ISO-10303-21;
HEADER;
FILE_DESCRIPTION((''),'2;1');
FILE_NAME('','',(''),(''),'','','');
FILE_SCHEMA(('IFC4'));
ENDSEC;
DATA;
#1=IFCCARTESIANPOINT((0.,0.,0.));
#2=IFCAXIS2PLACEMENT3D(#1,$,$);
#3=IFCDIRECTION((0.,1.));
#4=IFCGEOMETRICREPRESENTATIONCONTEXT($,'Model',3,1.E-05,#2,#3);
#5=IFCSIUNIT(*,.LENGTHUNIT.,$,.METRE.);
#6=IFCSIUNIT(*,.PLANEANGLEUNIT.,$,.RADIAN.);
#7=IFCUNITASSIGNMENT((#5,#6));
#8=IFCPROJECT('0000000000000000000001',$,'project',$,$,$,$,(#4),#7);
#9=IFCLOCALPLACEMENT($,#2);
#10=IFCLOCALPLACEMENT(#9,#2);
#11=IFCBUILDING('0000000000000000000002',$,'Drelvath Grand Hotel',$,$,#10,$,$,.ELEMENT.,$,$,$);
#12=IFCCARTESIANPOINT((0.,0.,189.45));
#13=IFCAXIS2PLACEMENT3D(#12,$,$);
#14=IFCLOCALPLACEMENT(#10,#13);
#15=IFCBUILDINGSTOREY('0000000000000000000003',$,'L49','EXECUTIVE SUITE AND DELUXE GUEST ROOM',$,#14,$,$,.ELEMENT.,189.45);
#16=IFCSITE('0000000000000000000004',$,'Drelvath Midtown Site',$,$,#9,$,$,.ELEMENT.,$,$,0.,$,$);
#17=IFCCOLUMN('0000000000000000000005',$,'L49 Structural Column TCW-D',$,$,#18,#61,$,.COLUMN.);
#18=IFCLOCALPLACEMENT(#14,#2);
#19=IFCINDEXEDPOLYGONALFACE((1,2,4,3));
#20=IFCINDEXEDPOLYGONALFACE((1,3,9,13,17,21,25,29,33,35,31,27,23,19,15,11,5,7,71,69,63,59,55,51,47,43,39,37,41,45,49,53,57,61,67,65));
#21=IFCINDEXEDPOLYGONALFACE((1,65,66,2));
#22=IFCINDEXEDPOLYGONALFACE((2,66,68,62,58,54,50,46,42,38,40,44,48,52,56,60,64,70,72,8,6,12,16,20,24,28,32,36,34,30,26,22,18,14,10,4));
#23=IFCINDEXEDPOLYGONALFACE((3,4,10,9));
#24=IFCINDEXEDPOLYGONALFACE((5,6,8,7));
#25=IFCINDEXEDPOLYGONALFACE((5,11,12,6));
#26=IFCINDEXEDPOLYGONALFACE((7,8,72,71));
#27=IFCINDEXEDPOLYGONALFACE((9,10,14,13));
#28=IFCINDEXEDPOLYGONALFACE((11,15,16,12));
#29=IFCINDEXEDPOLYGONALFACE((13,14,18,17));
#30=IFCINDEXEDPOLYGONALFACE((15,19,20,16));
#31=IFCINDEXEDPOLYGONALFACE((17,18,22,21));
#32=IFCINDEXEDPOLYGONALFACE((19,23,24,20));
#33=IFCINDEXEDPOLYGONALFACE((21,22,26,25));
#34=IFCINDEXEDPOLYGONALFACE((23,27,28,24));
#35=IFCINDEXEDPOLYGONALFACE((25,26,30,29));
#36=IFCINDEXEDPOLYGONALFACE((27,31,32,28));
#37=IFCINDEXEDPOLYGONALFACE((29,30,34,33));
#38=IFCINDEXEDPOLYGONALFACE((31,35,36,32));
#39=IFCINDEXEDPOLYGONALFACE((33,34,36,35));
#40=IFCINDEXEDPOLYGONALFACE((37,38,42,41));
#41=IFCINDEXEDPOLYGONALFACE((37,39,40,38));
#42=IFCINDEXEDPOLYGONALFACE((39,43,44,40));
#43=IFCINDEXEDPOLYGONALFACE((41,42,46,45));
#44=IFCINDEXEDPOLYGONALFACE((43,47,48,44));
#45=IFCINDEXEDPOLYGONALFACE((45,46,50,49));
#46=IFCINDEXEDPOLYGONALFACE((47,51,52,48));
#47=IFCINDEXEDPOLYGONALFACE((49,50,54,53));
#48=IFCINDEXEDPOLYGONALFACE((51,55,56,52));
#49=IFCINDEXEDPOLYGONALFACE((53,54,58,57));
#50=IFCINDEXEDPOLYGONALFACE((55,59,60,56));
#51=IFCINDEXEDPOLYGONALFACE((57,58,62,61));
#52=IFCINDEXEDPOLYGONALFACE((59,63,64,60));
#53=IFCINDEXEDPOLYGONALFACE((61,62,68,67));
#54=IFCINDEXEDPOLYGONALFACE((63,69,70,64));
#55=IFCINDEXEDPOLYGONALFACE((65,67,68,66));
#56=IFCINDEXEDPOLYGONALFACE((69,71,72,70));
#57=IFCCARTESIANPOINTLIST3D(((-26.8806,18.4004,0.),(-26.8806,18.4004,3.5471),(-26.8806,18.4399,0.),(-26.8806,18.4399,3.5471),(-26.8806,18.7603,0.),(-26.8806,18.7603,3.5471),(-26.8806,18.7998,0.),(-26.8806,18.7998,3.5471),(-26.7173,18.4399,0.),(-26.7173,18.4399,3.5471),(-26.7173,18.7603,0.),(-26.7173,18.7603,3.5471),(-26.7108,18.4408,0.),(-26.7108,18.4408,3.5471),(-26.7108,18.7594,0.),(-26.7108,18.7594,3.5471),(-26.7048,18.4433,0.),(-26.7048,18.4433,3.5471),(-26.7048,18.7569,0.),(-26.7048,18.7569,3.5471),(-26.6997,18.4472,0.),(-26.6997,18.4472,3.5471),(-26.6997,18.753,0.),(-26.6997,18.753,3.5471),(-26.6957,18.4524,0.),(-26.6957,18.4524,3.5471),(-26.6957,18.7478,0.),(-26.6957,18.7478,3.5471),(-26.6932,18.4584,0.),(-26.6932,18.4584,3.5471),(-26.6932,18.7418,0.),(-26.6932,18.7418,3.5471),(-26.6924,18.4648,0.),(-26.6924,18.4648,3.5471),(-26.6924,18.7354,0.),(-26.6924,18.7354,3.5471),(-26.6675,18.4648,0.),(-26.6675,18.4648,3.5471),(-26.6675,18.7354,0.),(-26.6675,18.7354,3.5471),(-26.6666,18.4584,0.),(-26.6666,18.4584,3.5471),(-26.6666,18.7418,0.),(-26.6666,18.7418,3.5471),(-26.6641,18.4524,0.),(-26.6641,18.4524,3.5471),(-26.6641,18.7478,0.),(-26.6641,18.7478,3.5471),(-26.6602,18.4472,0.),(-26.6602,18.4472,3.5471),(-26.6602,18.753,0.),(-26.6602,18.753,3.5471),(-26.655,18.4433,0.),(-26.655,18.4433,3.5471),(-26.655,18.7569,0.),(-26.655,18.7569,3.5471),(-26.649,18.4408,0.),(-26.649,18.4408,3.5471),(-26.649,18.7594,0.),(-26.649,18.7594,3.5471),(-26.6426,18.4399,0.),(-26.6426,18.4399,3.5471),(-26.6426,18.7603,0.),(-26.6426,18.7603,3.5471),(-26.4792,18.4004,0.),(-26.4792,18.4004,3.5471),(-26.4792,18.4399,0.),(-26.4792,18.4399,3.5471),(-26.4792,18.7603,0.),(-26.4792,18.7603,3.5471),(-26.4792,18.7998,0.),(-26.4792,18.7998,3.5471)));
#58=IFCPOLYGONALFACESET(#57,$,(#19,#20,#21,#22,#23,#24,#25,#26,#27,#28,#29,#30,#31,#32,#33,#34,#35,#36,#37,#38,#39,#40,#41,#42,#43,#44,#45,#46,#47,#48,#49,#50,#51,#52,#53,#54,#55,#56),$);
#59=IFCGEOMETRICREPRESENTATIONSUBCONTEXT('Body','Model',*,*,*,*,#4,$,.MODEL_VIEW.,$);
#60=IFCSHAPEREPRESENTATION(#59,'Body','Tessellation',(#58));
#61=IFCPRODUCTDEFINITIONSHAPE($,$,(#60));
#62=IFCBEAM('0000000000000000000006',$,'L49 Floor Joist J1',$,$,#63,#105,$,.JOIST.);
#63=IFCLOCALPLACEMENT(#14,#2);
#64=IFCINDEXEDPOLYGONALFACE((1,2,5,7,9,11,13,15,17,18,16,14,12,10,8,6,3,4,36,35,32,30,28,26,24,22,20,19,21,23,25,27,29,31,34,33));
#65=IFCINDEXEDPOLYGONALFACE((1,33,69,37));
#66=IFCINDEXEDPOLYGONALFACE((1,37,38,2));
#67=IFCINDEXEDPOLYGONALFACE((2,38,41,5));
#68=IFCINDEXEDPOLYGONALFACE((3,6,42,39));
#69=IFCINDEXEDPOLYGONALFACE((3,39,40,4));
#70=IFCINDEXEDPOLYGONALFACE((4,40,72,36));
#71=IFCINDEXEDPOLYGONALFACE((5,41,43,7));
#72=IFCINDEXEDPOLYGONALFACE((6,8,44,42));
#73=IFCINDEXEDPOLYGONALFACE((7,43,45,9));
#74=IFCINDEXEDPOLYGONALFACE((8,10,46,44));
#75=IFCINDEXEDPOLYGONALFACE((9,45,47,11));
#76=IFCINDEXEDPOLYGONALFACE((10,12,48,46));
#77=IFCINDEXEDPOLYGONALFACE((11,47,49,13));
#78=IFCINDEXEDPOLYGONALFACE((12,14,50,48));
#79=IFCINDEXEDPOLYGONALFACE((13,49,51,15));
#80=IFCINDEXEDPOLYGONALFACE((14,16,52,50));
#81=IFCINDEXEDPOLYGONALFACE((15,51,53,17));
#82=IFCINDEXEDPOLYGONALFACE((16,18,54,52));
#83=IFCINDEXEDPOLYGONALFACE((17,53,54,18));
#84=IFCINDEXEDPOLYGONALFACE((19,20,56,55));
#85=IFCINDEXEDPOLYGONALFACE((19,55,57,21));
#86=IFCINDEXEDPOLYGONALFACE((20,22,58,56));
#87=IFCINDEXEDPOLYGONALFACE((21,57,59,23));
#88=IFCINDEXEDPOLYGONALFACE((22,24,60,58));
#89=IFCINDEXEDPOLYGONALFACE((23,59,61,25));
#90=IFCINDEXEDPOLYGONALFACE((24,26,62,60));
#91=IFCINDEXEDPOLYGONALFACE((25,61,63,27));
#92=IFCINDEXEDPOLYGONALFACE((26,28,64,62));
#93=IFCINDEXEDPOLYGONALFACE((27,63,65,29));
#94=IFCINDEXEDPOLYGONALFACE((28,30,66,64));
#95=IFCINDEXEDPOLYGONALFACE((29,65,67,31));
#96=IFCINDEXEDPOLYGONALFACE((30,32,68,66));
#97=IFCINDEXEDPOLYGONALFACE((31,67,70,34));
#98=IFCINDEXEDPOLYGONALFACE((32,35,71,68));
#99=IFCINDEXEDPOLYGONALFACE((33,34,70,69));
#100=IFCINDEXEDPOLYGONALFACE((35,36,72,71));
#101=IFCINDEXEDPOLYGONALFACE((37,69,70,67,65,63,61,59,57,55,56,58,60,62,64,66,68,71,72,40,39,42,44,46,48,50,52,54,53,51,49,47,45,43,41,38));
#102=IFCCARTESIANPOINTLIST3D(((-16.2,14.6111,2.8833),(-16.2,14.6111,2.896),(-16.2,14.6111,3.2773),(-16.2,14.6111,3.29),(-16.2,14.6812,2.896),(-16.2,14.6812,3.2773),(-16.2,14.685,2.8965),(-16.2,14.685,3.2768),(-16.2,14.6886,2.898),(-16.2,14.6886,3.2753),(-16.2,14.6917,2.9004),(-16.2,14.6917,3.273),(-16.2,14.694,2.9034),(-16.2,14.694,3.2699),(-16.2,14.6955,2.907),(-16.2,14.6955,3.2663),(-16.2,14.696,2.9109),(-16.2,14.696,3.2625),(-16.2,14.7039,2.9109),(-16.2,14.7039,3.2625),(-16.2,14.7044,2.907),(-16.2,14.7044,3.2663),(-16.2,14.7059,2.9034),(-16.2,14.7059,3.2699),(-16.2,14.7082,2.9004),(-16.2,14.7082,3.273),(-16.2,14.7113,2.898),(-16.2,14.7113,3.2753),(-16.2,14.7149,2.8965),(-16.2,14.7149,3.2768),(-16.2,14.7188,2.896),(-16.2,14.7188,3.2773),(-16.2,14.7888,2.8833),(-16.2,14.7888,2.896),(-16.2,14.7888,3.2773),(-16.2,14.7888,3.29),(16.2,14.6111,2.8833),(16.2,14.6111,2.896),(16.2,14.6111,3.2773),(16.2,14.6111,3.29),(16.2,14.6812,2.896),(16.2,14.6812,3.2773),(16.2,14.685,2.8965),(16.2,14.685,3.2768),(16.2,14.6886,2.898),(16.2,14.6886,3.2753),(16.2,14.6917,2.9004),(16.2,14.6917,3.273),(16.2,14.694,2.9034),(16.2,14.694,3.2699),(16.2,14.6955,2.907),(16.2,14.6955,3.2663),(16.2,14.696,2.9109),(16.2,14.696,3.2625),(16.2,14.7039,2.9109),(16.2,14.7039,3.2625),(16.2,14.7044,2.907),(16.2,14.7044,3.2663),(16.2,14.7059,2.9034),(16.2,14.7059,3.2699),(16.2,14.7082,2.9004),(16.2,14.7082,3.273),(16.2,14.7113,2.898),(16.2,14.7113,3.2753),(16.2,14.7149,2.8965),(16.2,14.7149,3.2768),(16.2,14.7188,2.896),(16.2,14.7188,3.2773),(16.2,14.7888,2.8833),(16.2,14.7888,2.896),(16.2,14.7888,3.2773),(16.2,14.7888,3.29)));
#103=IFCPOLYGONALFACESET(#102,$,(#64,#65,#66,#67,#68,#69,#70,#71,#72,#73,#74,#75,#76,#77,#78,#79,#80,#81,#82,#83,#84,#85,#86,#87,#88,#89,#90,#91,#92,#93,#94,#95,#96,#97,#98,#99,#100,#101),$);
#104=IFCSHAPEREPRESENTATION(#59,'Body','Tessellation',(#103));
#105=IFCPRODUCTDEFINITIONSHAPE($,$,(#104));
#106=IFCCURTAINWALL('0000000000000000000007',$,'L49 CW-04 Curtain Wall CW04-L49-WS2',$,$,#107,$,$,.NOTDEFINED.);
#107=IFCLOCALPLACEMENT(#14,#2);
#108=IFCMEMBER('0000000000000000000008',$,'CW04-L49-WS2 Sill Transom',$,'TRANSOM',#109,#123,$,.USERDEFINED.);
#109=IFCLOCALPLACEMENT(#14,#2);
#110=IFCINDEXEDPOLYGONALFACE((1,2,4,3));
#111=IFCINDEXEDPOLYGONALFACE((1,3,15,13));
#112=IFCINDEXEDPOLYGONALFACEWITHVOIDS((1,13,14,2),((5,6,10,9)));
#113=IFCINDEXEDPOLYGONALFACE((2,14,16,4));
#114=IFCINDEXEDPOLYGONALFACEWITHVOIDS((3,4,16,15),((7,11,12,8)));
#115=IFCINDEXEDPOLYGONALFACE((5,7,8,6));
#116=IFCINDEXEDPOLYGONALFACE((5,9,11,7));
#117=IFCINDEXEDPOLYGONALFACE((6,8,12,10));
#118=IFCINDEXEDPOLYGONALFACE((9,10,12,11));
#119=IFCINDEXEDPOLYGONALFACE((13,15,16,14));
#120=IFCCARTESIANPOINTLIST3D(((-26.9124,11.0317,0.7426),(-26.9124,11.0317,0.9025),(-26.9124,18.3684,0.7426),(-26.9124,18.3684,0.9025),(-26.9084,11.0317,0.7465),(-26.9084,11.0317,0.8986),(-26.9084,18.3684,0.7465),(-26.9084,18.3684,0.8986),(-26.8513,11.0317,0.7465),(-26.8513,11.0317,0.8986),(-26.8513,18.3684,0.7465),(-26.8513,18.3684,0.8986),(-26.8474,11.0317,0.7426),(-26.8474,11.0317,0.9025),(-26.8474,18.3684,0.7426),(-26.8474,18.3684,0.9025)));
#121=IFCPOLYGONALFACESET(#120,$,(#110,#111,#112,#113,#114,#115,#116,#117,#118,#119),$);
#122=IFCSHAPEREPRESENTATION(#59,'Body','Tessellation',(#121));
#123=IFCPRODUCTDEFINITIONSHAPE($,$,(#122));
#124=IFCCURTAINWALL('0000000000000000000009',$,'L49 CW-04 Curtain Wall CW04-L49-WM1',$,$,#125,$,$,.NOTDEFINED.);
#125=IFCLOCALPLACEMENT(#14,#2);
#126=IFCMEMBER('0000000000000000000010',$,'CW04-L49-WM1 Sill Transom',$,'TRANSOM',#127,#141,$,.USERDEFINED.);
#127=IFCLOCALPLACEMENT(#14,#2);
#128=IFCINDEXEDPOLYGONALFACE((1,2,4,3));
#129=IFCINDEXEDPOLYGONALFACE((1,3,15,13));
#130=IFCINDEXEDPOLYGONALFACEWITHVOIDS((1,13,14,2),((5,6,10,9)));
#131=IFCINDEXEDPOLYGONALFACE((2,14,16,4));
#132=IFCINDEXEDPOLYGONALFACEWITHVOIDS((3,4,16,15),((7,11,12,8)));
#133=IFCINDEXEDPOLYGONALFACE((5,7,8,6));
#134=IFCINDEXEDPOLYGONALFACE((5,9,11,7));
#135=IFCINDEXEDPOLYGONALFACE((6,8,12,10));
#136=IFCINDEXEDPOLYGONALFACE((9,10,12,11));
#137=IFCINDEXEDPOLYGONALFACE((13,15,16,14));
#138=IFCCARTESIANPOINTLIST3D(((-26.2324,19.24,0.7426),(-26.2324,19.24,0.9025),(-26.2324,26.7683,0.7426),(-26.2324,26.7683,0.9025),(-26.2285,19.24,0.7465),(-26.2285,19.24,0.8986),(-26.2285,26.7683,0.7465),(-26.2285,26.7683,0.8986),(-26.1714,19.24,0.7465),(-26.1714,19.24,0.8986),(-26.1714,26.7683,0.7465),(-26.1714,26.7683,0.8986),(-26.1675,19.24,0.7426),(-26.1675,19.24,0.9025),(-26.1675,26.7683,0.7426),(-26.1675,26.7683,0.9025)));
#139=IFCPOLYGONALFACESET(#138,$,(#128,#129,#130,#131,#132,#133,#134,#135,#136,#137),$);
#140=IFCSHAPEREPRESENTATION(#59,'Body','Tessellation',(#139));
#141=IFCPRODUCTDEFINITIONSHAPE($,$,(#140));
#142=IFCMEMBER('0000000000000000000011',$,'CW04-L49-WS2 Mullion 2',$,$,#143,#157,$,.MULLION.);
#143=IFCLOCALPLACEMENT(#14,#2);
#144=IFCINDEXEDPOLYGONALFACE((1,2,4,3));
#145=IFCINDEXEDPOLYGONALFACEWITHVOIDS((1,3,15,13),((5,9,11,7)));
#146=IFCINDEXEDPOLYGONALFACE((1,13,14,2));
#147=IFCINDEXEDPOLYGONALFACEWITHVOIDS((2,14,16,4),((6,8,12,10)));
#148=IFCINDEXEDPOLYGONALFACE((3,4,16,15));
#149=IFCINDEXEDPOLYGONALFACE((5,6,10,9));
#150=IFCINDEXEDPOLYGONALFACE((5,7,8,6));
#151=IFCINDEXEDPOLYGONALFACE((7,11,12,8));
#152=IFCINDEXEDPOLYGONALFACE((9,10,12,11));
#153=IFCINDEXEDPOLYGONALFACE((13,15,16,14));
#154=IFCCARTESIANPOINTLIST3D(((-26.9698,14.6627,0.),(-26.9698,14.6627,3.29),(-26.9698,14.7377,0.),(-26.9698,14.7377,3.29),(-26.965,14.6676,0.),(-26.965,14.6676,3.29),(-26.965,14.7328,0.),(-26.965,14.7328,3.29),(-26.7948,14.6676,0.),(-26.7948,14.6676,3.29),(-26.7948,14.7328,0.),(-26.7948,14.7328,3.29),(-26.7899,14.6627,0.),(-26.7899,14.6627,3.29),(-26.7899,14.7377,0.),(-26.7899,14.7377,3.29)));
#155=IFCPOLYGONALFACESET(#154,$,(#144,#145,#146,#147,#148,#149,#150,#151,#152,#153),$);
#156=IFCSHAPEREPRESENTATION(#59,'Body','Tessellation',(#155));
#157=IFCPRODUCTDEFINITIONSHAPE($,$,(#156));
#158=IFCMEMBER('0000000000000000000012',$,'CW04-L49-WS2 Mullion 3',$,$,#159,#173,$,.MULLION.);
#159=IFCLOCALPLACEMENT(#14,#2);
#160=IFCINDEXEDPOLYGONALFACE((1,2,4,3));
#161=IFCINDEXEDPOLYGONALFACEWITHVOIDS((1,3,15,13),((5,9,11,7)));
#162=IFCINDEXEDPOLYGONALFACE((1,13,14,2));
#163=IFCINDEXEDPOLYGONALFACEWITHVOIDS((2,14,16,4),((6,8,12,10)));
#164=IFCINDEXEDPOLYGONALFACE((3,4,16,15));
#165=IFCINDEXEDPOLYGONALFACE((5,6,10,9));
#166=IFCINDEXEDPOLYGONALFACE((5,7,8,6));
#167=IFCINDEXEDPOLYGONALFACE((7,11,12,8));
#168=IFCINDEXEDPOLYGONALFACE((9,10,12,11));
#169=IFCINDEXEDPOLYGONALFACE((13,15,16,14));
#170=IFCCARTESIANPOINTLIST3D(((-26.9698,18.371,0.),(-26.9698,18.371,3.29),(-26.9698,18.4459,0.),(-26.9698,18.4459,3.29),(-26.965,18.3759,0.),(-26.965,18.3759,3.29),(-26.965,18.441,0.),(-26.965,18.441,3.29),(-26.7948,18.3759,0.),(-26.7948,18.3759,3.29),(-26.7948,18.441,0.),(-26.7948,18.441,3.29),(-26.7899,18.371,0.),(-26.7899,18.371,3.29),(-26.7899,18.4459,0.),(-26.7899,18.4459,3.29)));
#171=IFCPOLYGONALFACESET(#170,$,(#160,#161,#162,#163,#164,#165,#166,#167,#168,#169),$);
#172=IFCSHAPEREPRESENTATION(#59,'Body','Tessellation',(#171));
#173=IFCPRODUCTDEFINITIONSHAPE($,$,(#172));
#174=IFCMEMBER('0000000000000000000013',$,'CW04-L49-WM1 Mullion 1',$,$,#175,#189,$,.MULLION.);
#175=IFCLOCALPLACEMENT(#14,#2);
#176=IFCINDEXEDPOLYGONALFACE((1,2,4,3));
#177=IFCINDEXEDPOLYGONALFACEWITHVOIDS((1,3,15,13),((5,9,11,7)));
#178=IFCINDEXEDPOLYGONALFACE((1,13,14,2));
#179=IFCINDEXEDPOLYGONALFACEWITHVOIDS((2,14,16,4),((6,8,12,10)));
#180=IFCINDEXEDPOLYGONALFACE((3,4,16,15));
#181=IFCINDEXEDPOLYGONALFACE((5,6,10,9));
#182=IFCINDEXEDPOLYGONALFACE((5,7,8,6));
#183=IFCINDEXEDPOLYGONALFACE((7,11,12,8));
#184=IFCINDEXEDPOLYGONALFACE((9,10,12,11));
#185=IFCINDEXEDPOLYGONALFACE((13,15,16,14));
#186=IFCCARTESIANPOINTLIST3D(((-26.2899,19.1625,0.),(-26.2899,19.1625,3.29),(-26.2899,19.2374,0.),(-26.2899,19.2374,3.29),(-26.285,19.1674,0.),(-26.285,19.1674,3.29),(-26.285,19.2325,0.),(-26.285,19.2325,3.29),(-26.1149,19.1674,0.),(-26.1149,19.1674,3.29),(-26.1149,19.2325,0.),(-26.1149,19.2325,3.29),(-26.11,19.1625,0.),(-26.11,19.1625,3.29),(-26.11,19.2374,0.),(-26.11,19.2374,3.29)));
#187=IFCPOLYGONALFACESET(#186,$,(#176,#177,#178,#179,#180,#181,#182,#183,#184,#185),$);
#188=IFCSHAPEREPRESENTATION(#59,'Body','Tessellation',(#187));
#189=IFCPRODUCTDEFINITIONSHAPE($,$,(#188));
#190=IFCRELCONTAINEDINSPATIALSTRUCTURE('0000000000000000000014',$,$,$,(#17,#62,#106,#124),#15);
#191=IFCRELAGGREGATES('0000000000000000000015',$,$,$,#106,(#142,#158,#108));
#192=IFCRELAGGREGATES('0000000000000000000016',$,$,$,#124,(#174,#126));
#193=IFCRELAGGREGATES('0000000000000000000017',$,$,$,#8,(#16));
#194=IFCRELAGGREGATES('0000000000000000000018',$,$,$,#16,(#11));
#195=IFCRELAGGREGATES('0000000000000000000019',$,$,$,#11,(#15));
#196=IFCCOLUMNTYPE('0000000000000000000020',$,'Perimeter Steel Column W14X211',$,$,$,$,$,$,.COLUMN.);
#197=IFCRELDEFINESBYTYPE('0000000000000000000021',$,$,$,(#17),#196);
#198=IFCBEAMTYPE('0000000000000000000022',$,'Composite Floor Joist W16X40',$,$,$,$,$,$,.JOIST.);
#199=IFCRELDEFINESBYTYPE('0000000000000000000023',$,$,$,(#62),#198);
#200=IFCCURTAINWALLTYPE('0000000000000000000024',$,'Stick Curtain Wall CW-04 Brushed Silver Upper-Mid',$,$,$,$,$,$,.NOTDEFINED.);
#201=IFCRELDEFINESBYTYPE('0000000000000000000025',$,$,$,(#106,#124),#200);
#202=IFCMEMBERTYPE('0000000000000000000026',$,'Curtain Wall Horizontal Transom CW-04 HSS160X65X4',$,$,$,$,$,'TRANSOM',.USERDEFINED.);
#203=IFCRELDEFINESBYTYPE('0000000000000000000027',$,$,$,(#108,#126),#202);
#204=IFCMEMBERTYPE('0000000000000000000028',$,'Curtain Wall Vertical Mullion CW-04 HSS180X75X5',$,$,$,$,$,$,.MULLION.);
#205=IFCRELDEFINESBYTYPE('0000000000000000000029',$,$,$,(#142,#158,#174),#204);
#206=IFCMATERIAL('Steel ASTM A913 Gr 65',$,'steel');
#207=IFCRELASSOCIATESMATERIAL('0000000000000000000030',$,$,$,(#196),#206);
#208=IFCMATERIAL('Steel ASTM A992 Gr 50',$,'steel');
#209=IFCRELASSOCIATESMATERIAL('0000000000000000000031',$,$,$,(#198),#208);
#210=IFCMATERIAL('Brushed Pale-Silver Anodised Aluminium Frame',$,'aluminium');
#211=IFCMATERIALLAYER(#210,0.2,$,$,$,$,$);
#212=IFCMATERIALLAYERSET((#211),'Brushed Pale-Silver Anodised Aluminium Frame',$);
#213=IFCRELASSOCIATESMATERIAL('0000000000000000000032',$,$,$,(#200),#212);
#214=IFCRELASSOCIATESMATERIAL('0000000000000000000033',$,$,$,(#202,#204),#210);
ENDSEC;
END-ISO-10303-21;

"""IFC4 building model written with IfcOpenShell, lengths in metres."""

from ifc_helpers import new_model, si_unit, direction, frame, origin, origin_2d, place, context, subcontext, project, spatial, hollow_rectangle, i_section, extrude, material, layer, layer_set, material_profile, profile_set, type_object, element, aggregate, save


model = new_model("IFC4")

# Units and contexts
model_context = context("Model", 3, precision=1e-05, world=origin(), true_north=direction((0.0, 1.0)))
body_context = subcontext(model_context, "Body", "Model", "MODEL_VIEW")
ifc_project = project(units=[si_unit("LENGTHUNIT", "METRE"), si_unit("PLANEANGLEUNIT", "RADIAN")], contexts=[model_context])

# Site, building, storey
site_placement = place(None, origin())
site = spatial("IfcSite", under=ifc_project, at=site_placement, Name="Drelvath Midtown Site", CompositionType="ELEMENT", RefElevation=0.0)
building_placement = place(site_placement, origin())
building = spatial("IfcBuilding", under=site, at=building_placement, Name="Drelvath Grand Hotel", CompositionType="ELEMENT")
storey_placement = place(building_placement, frame((0.0, 0.0, 189.45)))
storey = spatial("IfcBuildingStorey", under=building, at=storey_placement, Name="L49", Description="EXECUTIVE SUITE AND DELUXE GUEST ROOM", CompositionType="ELEMENT", Elevation=189.45)

# Column
ifc_material_1 = material(Name="Steel ASTM A913 Gr 65", Category="steel")
ifc_material_profile_1 = material_profile(ifc_material_1, i_section(OverallWidth=0.4014, OverallDepth=0.3994, WebThickness=0.0249, FlangeThickness=0.0396, FilletRadius=0.0249, at=origin_2d()), Name="W14X211")
ifc_profile_set_1 = profile_set([ifc_material_profile_1], Name="Steel ASTM A913 Gr 65")
column_type = type_object("IfcColumnType", Name="Perimeter Steel Column W14X211", PredefinedType="COLUMN", material=ifc_profile_set_1)
column_placement = place(storey_placement, frame((-26.6799, 18.6001, 0.0), z_axis=(0.0, 0.0, 1.0), x_axis=(1.0, 0.0, 0.0)))
element("IfcColumn", 1, at=column_placement, inside=storey, type_object=column_type, Name="L49 Structural Column TCW-D", PredefinedType="COLUMN", context=body_context, shape_type="SweptSolid", body=[
    extrude(i_section(OverallWidth=0.4014, OverallDepth=0.3994, WebThickness=0.0249, FlangeThickness=0.0396, FilletRadius=0.0249, at=origin_2d()), origin(), (0.0, 0.0, 1.0), 3.5471),
])

# Beam
ifc_material_2 = material(Name="Steel ASTM A992 Gr 50", Category="steel")
ifc_material_profile_2 = material_profile(ifc_material_2, i_section(OverallWidth=0.1777, OverallDepth=0.4067, WebThickness=0.0078, FlangeThickness=0.0127, FilletRadius=0.0149, at=origin_2d()), Name="W16X40")
ifc_profile_set_2 = profile_set([ifc_material_profile_2], Name="Steel ASTM A992 Gr 50")
beam_type_1 = type_object("IfcBeamType", Name="Composite Floor Joist W16X40", PredefinedType="JOIST", material=ifc_profile_set_2)
beam_1_placement = place(storey_placement, frame((-16.2, 14.7, 3.0867), z_axis=(1.0, 0.0, 0.0), x_axis=(0.0, 1.0, 0.0)))
element("IfcBeam", 2, at=beam_1_placement, inside=storey, type_object=beam_type_1, Name="L49 Floor Joist J1", PredefinedType="JOIST", context=body_context, shape_type="SweptSolid", body=[
    extrude(i_section(OverallWidth=0.1777, OverallDepth=0.4067, WebThickness=0.0078, FlangeThickness=0.0127, FilletRadius=0.0149, at=origin_2d()), origin(), (0.0, 0.0, 1.0), 32.3999),
])

# Curtain walls, members
ifc_material_3 = material(Name="Brushed Pale-Silver Anodised Aluminium Frame", Category="aluminium")
ifc_layer_1 = layer(ifc_material_3, 0.2)
ifc_layer_set_1 = layer_set([ifc_layer_1], Name="Brushed Pale-Silver Anodised Aluminium Frame")
curtain_wall_type = type_object("IfcCurtainWallType", Name="Stick Curtain Wall CW-04 Brushed Silver Upper-Mid", PredefinedType="NOTDEFINED", material=ifc_layer_set_1)
curtain_wall_1_placement = place(storey_placement, origin())
curtain_wall_1 = element("IfcCurtainWall", 3, at=curtain_wall_1_placement, inside=storey, type_object=curtain_wall_type, Name="L49 CW-04 Curtain Wall CW04-L49-WS2", PredefinedType="NOTDEFINED")
ifc_material_profile_3 = material_profile(ifc_material_3, hollow_rectangle(XDim=0.0649, YDim=0.1599, WallThickness=0.0039, at=origin_2d()), Name="HSS160X65X4")
ifc_profile_set_3 = profile_set([ifc_material_profile_3], Name="Brushed Pale-Silver Anodised Aluminium Frame")
member_type_1 = type_object("IfcMemberType", Name="Curtain Wall Horizontal Transom CW-04 HSS160X65X4", ElementType="TRANSOM", PredefinedType="USERDEFINED", material=ifc_profile_set_3)
member_1_placement = place(storey_placement, frame((-26.8799, 11.0317, 0.8225), z_axis=(0.0, 1.0, 0.0), x_axis=(-1.0, 0.0, 0.0)))
member_1 = element("IfcMember", 4, at=member_1_placement, type_object=member_type_1, Name="CW04-L49-WS2 Sill Transom", ObjectType="TRANSOM", PredefinedType="USERDEFINED", context=body_context, shape_type="SweptSolid", body=[
    extrude(hollow_rectangle(XDim=0.0649, YDim=0.1599, WallThickness=0.0039, at=origin_2d()), origin(), (0.0, 0.0, 1.0), 7.3367),
])
curtain_wall_2_placement = place(storey_placement, origin())
curtain_wall_2 = element("IfcCurtainWall", 5, at=curtain_wall_2_placement, inside=storey, type_object=curtain_wall_type, Name="L49 CW-04 Curtain Wall CW04-L49-WM1", PredefinedType="NOTDEFINED")
member_2_placement = place(storey_placement, frame((-26.2, 19.24, 0.8225), z_axis=(0.0, 1.0, 0.0), x_axis=(-1.0, 0.0, 0.0)))
member_2 = element("IfcMember", 6, at=member_2_placement, type_object=member_type_1, Name="CW04-L49-WM1 Sill Transom", ObjectType="TRANSOM", PredefinedType="USERDEFINED", context=body_context, shape_type="SweptSolid", body=[
    extrude(hollow_rectangle(XDim=0.0649, YDim=0.1599, WallThickness=0.0039, at=origin_2d()), origin(), (0.0, 0.0, 1.0), 7.5283),
])

# Members
ifc_material_profile_4 = material_profile(ifc_material_3, hollow_rectangle(XDim=0.075, YDim=0.1799, WallThickness=0.0049, at=origin_2d()), Name="HSS180X75X5")
ifc_profile_set_4 = profile_set([ifc_material_profile_4], Name="Brushed Pale-Silver Anodised Aluminium Frame")
member_type_2 = type_object("IfcMemberType", Name="Curtain Wall Vertical Mullion CW-04 HSS180X75X5", PredefinedType="MULLION", material=ifc_profile_set_4)
member_3_placement = place(storey_placement, frame((-26.8799, 14.7002, 0.0), z_axis=(0.0, 0.0, 1.0), x_axis=(0.0, 1.0, 0.0)))
member_3 = element("IfcMember", 7, at=member_3_placement, type_object=member_type_2, Name="CW04-L49-WS2 Mullion 2", PredefinedType="MULLION", context=body_context, shape_type="SweptSolid", body=[
    extrude(hollow_rectangle(XDim=0.075, YDim=0.1799, WallThickness=0.0049, at=origin_2d()), origin(), (0.0, 0.0, 1.0), 3.29),
])
member_4_placement = place(storey_placement, frame((-26.8799, 18.4084, 0.0), z_axis=(0.0, 0.0, 1.0), x_axis=(0.0, 1.0, 0.0)))
member_4 = element("IfcMember", 8, at=member_4_placement, type_object=member_type_2, Name="CW04-L49-WS2 Mullion 3", PredefinedType="MULLION", context=body_context, shape_type="SweptSolid", body=[
    extrude(hollow_rectangle(XDim=0.075, YDim=0.1799, WallThickness=0.0049, at=origin_2d()), origin(), (0.0, 0.0, 1.0), 3.29),
])
member_5_placement = place(storey_placement, frame((-26.2, 19.2, 0.0), z_axis=(0.0, 0.0, 1.0), x_axis=(0.0, 1.0, 0.0)))
member_5 = element("IfcMember", 9, at=member_5_placement, type_object=member_type_2, Name="CW04-L49-WM1 Mullion 1", PredefinedType="MULLION", context=body_context, shape_type="SweptSolid", body=[
    extrude(hollow_rectangle(XDim=0.075, YDim=0.1799, WallThickness=0.0049, at=origin_2d()), origin(), (0.0, 0.0, 1.0), 3.29),
])

aggregate(curtain_wall_1, [member_3, member_4, member_1])
aggregate(curtain_wall_2, [member_5, member_2])

save(model, "model.ifc")
